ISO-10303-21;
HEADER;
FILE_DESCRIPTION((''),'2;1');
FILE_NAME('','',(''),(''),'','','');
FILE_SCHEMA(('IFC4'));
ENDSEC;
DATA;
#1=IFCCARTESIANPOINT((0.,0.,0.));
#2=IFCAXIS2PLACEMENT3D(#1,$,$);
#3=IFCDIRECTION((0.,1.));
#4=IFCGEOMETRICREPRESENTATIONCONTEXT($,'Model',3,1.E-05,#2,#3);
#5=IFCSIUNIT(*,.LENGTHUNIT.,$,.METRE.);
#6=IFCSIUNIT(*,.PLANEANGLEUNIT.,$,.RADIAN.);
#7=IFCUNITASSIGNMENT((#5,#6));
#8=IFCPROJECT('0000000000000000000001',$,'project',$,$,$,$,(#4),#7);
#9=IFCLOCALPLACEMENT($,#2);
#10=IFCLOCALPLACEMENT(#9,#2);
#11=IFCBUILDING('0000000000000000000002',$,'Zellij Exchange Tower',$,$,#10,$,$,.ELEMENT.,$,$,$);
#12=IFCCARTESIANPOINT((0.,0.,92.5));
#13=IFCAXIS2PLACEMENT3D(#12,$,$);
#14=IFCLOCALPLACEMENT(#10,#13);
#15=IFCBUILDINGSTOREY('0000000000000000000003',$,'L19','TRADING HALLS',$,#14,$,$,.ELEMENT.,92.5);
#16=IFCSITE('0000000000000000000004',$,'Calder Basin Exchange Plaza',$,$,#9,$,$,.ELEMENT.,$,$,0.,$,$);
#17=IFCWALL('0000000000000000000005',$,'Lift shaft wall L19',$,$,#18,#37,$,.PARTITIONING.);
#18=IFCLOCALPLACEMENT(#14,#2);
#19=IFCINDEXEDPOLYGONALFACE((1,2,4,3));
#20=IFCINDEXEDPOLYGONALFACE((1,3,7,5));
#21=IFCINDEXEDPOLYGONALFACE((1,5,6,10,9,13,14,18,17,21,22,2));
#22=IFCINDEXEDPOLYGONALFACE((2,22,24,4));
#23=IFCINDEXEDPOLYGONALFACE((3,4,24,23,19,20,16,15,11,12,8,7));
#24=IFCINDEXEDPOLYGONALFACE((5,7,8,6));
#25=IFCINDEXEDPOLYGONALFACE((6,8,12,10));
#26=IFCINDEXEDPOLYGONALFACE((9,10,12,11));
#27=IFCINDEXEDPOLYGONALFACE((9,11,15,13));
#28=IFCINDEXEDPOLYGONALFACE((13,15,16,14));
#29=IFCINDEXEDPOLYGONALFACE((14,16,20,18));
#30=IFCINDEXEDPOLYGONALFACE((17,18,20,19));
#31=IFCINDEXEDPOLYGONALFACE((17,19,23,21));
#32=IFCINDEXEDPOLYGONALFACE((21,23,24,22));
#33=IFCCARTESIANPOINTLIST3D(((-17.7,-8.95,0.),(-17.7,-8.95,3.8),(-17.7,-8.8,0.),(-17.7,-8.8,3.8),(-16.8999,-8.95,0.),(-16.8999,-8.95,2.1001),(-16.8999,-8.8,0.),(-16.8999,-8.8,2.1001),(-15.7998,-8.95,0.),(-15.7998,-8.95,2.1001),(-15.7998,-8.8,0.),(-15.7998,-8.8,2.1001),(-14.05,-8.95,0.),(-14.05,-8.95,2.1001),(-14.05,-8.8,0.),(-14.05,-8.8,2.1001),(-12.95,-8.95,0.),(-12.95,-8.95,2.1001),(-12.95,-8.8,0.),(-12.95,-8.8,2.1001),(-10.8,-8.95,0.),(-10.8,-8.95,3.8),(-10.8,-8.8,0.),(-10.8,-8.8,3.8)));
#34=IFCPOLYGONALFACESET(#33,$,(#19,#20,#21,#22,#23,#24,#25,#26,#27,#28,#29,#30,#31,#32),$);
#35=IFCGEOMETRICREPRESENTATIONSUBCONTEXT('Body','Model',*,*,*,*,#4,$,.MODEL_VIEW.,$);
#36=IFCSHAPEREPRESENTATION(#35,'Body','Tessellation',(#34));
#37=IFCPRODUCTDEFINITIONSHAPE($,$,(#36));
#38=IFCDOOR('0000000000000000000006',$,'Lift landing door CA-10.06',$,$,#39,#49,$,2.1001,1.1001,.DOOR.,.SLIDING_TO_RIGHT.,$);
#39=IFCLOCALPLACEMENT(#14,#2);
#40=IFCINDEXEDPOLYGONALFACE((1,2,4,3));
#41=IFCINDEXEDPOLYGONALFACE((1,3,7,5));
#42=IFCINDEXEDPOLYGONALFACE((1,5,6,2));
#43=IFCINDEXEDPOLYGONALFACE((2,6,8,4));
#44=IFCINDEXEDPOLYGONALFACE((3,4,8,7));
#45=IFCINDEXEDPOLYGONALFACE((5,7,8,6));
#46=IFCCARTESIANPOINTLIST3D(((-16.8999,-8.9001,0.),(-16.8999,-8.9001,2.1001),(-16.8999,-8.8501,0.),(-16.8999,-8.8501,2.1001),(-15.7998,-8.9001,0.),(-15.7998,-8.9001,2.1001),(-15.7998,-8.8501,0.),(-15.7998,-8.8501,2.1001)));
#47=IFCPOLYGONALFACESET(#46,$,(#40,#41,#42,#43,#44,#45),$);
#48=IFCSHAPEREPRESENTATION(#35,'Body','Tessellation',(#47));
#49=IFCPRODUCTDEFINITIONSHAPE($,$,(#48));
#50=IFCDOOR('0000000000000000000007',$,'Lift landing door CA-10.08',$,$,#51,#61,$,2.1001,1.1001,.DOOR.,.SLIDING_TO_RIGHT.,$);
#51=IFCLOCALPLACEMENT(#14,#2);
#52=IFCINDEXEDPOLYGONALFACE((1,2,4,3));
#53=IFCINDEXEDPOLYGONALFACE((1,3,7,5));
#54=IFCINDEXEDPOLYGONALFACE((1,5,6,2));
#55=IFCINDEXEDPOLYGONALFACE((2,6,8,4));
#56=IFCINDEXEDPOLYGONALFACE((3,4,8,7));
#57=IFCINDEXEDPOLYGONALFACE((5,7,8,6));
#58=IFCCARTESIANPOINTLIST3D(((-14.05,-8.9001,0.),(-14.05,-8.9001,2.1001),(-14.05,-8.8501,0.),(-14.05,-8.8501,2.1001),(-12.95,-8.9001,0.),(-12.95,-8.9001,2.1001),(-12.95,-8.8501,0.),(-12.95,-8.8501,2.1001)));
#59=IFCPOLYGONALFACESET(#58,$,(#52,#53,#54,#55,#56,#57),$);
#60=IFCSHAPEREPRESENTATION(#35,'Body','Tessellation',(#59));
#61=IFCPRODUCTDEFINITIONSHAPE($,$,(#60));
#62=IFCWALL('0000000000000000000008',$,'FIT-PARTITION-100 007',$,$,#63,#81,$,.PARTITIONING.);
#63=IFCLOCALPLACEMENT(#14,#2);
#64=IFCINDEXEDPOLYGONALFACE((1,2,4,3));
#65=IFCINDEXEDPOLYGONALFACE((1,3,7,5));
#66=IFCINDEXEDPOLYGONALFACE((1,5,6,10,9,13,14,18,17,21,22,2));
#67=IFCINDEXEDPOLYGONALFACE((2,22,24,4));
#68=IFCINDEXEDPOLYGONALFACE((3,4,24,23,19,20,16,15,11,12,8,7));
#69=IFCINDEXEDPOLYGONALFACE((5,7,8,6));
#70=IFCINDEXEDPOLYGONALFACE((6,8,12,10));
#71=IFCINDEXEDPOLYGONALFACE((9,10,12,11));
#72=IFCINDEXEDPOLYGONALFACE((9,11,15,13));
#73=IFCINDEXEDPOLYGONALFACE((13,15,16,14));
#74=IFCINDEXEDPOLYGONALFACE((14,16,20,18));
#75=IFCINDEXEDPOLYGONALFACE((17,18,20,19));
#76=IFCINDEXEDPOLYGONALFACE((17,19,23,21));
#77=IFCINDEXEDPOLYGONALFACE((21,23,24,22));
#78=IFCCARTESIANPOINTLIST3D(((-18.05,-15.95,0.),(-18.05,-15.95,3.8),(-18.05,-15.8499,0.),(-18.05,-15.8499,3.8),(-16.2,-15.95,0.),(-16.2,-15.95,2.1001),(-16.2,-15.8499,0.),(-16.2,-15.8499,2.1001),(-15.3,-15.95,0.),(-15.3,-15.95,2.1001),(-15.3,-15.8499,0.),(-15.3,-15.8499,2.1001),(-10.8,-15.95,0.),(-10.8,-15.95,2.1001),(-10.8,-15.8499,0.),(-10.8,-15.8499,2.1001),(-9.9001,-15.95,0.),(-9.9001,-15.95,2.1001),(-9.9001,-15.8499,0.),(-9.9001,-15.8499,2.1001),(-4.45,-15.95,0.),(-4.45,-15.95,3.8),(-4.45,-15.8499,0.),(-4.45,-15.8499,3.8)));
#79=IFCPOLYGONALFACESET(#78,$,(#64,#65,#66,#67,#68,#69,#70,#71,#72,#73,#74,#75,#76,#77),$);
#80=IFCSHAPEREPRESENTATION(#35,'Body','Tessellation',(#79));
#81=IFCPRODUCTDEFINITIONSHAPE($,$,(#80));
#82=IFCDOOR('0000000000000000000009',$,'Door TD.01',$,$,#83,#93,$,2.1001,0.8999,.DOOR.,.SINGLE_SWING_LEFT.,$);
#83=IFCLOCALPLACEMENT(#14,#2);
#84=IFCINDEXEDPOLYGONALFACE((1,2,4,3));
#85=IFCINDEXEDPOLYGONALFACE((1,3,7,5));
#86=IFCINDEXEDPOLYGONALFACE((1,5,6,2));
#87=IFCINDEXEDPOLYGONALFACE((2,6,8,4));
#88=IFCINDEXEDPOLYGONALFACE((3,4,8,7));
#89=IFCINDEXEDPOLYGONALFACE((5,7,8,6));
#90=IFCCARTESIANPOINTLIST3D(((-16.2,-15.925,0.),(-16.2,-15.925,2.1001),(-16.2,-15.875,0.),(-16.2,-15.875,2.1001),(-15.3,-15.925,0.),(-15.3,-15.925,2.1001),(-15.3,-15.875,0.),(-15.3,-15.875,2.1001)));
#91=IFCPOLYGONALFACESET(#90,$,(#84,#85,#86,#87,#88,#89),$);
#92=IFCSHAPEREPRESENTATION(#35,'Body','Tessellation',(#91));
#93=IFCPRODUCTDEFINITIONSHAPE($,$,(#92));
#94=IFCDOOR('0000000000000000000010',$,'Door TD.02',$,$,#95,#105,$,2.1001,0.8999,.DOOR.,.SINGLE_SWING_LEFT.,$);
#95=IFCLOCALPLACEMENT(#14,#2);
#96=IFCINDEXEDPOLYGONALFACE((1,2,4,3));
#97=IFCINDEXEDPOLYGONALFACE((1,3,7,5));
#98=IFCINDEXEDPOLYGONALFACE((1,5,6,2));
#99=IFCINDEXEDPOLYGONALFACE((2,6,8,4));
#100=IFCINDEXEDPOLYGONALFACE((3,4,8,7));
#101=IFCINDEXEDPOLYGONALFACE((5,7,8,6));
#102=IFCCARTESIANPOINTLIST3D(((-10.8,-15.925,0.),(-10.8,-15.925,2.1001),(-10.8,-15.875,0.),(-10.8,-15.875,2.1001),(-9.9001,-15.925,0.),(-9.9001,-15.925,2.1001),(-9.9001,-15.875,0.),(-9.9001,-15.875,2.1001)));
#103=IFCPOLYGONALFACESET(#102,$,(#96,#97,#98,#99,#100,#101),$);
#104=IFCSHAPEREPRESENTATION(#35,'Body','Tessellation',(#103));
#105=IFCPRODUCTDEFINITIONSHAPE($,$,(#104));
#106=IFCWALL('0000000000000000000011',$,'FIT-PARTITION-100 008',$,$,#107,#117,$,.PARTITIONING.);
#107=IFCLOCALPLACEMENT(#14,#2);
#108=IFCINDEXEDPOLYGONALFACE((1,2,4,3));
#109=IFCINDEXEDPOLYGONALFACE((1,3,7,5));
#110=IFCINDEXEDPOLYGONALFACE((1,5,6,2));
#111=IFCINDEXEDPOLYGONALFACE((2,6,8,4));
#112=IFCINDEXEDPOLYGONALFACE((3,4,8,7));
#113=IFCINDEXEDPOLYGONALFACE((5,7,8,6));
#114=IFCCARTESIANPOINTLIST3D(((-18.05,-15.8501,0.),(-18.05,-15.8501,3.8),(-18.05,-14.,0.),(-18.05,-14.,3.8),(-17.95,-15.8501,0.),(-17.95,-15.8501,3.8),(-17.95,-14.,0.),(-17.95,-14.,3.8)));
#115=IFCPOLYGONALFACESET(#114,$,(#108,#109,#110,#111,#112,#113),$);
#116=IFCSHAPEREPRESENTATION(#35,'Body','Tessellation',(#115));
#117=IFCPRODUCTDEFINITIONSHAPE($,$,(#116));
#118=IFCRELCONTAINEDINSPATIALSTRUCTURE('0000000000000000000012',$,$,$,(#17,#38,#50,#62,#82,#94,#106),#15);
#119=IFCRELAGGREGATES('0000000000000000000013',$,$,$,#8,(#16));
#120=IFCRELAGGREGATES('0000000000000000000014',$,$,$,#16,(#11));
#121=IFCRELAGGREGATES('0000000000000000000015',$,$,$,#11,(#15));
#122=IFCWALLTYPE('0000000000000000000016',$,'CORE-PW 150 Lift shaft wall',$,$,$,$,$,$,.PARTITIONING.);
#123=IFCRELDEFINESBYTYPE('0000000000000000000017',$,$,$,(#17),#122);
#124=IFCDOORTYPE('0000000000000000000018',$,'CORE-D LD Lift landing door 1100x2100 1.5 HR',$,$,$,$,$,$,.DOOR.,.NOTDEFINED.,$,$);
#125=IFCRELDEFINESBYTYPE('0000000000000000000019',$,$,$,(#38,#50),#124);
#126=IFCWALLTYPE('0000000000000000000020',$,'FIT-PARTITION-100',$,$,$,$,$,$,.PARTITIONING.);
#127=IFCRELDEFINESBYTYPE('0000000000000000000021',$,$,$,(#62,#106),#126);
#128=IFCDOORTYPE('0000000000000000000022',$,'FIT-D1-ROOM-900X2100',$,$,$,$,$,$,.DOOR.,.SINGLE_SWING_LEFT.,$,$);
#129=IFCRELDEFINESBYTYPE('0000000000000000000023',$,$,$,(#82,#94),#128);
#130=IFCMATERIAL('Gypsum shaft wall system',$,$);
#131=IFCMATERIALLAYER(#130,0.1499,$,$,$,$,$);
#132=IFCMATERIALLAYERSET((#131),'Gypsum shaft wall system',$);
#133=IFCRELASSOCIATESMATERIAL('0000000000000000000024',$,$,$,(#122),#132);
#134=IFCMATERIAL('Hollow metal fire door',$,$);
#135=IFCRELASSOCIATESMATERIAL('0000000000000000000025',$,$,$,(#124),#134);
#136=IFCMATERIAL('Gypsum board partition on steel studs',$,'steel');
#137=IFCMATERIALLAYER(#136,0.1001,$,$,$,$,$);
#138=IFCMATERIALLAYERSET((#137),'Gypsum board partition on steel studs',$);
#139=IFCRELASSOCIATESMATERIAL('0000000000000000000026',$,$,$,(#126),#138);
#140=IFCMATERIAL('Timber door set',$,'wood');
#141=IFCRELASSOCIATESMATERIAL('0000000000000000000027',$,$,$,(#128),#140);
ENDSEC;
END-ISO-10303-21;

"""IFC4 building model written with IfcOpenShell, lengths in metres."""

from ifc_helpers import new_model, si_unit, direction, frame, frame_2d, origin, place, context, subcontext, project, spatial, rectangle, extrude, material, layer, layer_set, type_object, element, fill, save


model = new_model("IFC4")

# Units and contexts
model_context = context("Model", 3, precision=1e-05, world=origin(), true_north=direction((0.0, 1.0)))
body_context = subcontext(model_context, "Body", "Model", "MODEL_VIEW")
ifc_project = project(units=[si_unit("LENGTHUNIT", "METRE"), si_unit("PLANEANGLEUNIT", "RADIAN")], contexts=[model_context])

# Site, building, storey
site_placement = place(None, origin())
site = spatial("IfcSite", under=ifc_project, at=site_placement, Name="Calder Basin Exchange Plaza", CompositionType="ELEMENT", RefElevation=0.0)
building_placement = place(site_placement, origin())
building = spatial("IfcBuilding", under=site, at=building_placement, Name="Zellij Exchange Tower", CompositionType="ELEMENT")
storey_placement = place(building_placement, frame((0.0, 0.0, 92.5)))
storey = spatial("IfcBuildingStorey", under=building, at=storey_placement, Name="L19", Description="TRADING HALLS", CompositionType="ELEMENT", Elevation=92.5)

# Shared definitions
ifc_material_1 = material(Name="Hollow metal fire door")

# Shared definitions
ifc_material_2 = material(Name="Gypsum shaft wall system")
ifc_layer_1 = layer(ifc_material_2, 0.1499)
ifc_layer_set_1 = layer_set([ifc_layer_1], Name="Gypsum shaft wall system")
wall_type_1 = type_object("IfcWallType", Name="CORE-PW 150 Lift shaft wall", PredefinedType="PARTITIONING", material=ifc_layer_set_1)

# Walls, openings, doors
wall_1_placement = place(storey_placement, frame((-17.7, -8.875, 0.0), z_axis=(0.0, 0.0, 1.0), x_axis=(1.0, 0.0, 0.0)))
wall_1 = element("IfcWall", 1, at=wall_1_placement, inside=storey, type_object=wall_type_1, Name="Lift shaft wall L19", PredefinedType="PARTITIONING", context=body_context, shape_type="SweptSolid", body=[
    extrude(rectangle(XDim=6.8999, YDim=0.1499, at=frame_2d((3.45, 0.0))), origin(), (0.0, 0.0, 1.0), 3.8),
])
opening_1_placement = place(wall_1_placement, frame((0.8, 0.0, 0.0)))
opening_1 = element("IfcOpeningElement", 2, at=opening_1_placement, cuts=wall_1, PredefinedType="OPENING", context=body_context, shape_type="SweptSolid", body=[
    extrude(rectangle(XDim=1.1001, YDim=2.1001, at=frame_2d((0.55, 1.05))), frame((0.0, 0.0869, 0.0), z_axis=(0.0, -1.0, 0.0), x_axis=(1.0, 0.0, 0.0)), (0.0, 0.0, 1.0), 0.1738),
])
opening_2_placement = place(wall_1_placement, frame((3.6499, 0.0, 0.0)))
opening_2 = element("IfcOpeningElement", 3, at=opening_2_placement, cuts=wall_1, PredefinedType="OPENING", context=body_context, shape_type="SweptSolid", body=[
    extrude(rectangle(XDim=1.1001, YDim=2.1001, at=frame_2d((0.55, 1.05))), frame((0.0, 0.0869, 0.0), z_axis=(0.0, -1.0, 0.0), x_axis=(1.0, 0.0, 0.0)), (0.0, 0.0, 1.0), 0.1738),
])
door_type_1 = type_object("IfcDoorType", Name="CORE-D LD Lift landing door 1100x2100 1.5 HR", OperationType="NOTDEFINED", PredefinedType="DOOR", material=ifc_material_1)
door_1_placement = place(opening_1_placement, origin())
door_1 = element("IfcDoor", 4, at=door_1_placement, inside=storey, type_object=door_type_1, Name="Lift landing door CA-10.06", OperationType="SLIDING_TO_RIGHT", OverallHeight=2.1001, OverallWidth=1.1001, PredefinedType="DOOR", context=body_context, shape_type="SweptSolid", body=[
    extrude(rectangle(XDim=1.1001, YDim=2.1001, at=frame_2d((0.55, 1.05))), frame((0.0, 0.0249, 0.0), z_axis=(0.0, -1.0, 0.0), x_axis=(1.0, 0.0, 0.0)), (0.0, 0.0, 1.0), 0.05),
])
fill(opening_1, door_1)
door_2_placement = place(opening_2_placement, origin())
door_2 = element("IfcDoor", 5, at=door_2_placement, inside=storey, type_object=door_type_1, Name="Lift landing door CA-10.08", OperationType="SLIDING_TO_RIGHT", OverallHeight=2.1001, OverallWidth=1.1001, PredefinedType="DOOR", context=body_context, shape_type="SweptSolid", body=[
    extrude(rectangle(XDim=1.1001, YDim=2.1001, at=frame_2d((0.55, 1.05))), frame((0.0, 0.0249, 0.0), z_axis=(0.0, -1.0, 0.0), x_axis=(1.0, 0.0, 0.0)), (0.0, 0.0, 1.0), 0.05),
])
fill(opening_2, door_2)
ifc_material_3 = material(Name="Gypsum board partition on steel studs", Category="steel")
ifc_layer_2 = layer(ifc_material_3, 0.1001)
ifc_layer_set_2 = layer_set([ifc_layer_2], Name="Gypsum board partition on steel studs")
wall_type_2 = type_object("IfcWallType", Name="FIT-PARTITION-100", PredefinedType="PARTITIONING", material=ifc_layer_set_2)
wall_2_placement = place(storey_placement, frame((-18.05, -15.8999, 0.0), z_axis=(0.0, 0.0, 1.0), x_axis=(1.0, 0.0, 0.0)))
wall_2 = element("IfcWall", 6, at=wall_2_placement, inside=storey, type_object=wall_type_2, Name="FIT-PARTITION-100 007", PredefinedType="PARTITIONING", context=body_context, shape_type="SweptSolid", body=[
    extrude(rectangle(XDim=13.6001, YDim=0.1001, at=frame_2d((6.8, 0.0))), origin(), (0.0, 0.0, 1.0), 3.8),
])
opening_3_placement = place(wall_2_placement, frame((1.8501, 0.0, 0.0)))
opening_3 = element("IfcOpeningElement", 7, at=opening_3_placement, cuts=wall_2, PredefinedType="OPENING", context=body_context, shape_type="SweptSolid", body=[
    extrude(rectangle(XDim=0.8999, YDim=2.1001, at=frame_2d((0.45, 1.05))), frame((0.0, 0.062, 0.0), z_axis=(0.0, -1.0, 0.0), x_axis=(1.0, 0.0, 0.0)), (0.0, 0.0, 1.0), 0.124),
])
opening_4_placement = place(wall_2_placement, frame((7.25, 0.0, 0.0)))
opening_4 = element("IfcOpeningElement", 8, at=opening_4_placement, cuts=wall_2, PredefinedType="OPENING", context=body_context, shape_type="SweptSolid", body=[
    extrude(rectangle(XDim=0.8999, YDim=2.1001, at=frame_2d((0.45, 1.05))), frame((0.0, 0.062, 0.0), z_axis=(0.0, -1.0, 0.0), x_axis=(1.0, 0.0, 0.0)), (0.0, 0.0, 1.0), 0.124),
])
ifc_material_4 = material(Name="Timber door set", Category="wood")
door_type_2 = type_object("IfcDoorType", Name="FIT-D1-ROOM-900X2100", OperationType="SINGLE_SWING_LEFT", PredefinedType="DOOR", material=ifc_material_4)
door_3_placement = place(opening_3_placement, origin())
door_3 = element("IfcDoor", 9, at=door_3_placement, inside=storey, type_object=door_type_2, Name="Door TD.01", OperationType="SINGLE_SWING_LEFT", OverallHeight=2.1001, OverallWidth=0.8999, PredefinedType="DOOR", context=body_context, shape_type="SweptSolid", body=[
    extrude(rectangle(XDim=0.8999, YDim=2.1001, at=frame_2d((0.45, 1.05))), frame((0.0, 0.0249, 0.0), z_axis=(0.0, -1.0, 0.0), x_axis=(1.0, 0.0, 0.0)), (0.0, 0.0, 1.0), 0.05),
])
fill(opening_3, door_3)
door_4_placement = place(opening_4_placement, origin())
door_4 = element("IfcDoor", 10, at=door_4_placement, inside=storey, type_object=door_type_2, Name="Door TD.02", OperationType="SINGLE_SWING_LEFT", OverallHeight=2.1001, OverallWidth=0.8999, PredefinedType="DOOR", context=body_context, shape_type="SweptSolid", body=[
    extrude(rectangle(XDim=0.8999, YDim=2.1001, at=frame_2d((0.45, 1.05))), frame((0.0, 0.0249, 0.0), z_axis=(0.0, -1.0, 0.0), x_axis=(1.0, 0.0, 0.0)), (0.0, 0.0, 1.0), 0.05),
])
fill(opening_4, door_4)

# Wall
wall_3_placement = place(storey_placement, frame((-18.0, -15.8501, 0.0), z_axis=(0.0, 0.0, 1.0), x_axis=(0.0, 1.0, 0.0)))
element("IfcWall", 11, at=wall_3_placement, inside=storey, type_object=wall_type_2, Name="FIT-PARTITION-100 008", PredefinedType="PARTITIONING", context=body_context, shape_type="SweptSolid", body=[
    extrude(rectangle(XDim=1.8501, YDim=0.1001, at=frame_2d((0.925, 0.0))), origin(), (0.0, 0.0, 1.0), 3.8),
])

save(model, "model.ifc")
